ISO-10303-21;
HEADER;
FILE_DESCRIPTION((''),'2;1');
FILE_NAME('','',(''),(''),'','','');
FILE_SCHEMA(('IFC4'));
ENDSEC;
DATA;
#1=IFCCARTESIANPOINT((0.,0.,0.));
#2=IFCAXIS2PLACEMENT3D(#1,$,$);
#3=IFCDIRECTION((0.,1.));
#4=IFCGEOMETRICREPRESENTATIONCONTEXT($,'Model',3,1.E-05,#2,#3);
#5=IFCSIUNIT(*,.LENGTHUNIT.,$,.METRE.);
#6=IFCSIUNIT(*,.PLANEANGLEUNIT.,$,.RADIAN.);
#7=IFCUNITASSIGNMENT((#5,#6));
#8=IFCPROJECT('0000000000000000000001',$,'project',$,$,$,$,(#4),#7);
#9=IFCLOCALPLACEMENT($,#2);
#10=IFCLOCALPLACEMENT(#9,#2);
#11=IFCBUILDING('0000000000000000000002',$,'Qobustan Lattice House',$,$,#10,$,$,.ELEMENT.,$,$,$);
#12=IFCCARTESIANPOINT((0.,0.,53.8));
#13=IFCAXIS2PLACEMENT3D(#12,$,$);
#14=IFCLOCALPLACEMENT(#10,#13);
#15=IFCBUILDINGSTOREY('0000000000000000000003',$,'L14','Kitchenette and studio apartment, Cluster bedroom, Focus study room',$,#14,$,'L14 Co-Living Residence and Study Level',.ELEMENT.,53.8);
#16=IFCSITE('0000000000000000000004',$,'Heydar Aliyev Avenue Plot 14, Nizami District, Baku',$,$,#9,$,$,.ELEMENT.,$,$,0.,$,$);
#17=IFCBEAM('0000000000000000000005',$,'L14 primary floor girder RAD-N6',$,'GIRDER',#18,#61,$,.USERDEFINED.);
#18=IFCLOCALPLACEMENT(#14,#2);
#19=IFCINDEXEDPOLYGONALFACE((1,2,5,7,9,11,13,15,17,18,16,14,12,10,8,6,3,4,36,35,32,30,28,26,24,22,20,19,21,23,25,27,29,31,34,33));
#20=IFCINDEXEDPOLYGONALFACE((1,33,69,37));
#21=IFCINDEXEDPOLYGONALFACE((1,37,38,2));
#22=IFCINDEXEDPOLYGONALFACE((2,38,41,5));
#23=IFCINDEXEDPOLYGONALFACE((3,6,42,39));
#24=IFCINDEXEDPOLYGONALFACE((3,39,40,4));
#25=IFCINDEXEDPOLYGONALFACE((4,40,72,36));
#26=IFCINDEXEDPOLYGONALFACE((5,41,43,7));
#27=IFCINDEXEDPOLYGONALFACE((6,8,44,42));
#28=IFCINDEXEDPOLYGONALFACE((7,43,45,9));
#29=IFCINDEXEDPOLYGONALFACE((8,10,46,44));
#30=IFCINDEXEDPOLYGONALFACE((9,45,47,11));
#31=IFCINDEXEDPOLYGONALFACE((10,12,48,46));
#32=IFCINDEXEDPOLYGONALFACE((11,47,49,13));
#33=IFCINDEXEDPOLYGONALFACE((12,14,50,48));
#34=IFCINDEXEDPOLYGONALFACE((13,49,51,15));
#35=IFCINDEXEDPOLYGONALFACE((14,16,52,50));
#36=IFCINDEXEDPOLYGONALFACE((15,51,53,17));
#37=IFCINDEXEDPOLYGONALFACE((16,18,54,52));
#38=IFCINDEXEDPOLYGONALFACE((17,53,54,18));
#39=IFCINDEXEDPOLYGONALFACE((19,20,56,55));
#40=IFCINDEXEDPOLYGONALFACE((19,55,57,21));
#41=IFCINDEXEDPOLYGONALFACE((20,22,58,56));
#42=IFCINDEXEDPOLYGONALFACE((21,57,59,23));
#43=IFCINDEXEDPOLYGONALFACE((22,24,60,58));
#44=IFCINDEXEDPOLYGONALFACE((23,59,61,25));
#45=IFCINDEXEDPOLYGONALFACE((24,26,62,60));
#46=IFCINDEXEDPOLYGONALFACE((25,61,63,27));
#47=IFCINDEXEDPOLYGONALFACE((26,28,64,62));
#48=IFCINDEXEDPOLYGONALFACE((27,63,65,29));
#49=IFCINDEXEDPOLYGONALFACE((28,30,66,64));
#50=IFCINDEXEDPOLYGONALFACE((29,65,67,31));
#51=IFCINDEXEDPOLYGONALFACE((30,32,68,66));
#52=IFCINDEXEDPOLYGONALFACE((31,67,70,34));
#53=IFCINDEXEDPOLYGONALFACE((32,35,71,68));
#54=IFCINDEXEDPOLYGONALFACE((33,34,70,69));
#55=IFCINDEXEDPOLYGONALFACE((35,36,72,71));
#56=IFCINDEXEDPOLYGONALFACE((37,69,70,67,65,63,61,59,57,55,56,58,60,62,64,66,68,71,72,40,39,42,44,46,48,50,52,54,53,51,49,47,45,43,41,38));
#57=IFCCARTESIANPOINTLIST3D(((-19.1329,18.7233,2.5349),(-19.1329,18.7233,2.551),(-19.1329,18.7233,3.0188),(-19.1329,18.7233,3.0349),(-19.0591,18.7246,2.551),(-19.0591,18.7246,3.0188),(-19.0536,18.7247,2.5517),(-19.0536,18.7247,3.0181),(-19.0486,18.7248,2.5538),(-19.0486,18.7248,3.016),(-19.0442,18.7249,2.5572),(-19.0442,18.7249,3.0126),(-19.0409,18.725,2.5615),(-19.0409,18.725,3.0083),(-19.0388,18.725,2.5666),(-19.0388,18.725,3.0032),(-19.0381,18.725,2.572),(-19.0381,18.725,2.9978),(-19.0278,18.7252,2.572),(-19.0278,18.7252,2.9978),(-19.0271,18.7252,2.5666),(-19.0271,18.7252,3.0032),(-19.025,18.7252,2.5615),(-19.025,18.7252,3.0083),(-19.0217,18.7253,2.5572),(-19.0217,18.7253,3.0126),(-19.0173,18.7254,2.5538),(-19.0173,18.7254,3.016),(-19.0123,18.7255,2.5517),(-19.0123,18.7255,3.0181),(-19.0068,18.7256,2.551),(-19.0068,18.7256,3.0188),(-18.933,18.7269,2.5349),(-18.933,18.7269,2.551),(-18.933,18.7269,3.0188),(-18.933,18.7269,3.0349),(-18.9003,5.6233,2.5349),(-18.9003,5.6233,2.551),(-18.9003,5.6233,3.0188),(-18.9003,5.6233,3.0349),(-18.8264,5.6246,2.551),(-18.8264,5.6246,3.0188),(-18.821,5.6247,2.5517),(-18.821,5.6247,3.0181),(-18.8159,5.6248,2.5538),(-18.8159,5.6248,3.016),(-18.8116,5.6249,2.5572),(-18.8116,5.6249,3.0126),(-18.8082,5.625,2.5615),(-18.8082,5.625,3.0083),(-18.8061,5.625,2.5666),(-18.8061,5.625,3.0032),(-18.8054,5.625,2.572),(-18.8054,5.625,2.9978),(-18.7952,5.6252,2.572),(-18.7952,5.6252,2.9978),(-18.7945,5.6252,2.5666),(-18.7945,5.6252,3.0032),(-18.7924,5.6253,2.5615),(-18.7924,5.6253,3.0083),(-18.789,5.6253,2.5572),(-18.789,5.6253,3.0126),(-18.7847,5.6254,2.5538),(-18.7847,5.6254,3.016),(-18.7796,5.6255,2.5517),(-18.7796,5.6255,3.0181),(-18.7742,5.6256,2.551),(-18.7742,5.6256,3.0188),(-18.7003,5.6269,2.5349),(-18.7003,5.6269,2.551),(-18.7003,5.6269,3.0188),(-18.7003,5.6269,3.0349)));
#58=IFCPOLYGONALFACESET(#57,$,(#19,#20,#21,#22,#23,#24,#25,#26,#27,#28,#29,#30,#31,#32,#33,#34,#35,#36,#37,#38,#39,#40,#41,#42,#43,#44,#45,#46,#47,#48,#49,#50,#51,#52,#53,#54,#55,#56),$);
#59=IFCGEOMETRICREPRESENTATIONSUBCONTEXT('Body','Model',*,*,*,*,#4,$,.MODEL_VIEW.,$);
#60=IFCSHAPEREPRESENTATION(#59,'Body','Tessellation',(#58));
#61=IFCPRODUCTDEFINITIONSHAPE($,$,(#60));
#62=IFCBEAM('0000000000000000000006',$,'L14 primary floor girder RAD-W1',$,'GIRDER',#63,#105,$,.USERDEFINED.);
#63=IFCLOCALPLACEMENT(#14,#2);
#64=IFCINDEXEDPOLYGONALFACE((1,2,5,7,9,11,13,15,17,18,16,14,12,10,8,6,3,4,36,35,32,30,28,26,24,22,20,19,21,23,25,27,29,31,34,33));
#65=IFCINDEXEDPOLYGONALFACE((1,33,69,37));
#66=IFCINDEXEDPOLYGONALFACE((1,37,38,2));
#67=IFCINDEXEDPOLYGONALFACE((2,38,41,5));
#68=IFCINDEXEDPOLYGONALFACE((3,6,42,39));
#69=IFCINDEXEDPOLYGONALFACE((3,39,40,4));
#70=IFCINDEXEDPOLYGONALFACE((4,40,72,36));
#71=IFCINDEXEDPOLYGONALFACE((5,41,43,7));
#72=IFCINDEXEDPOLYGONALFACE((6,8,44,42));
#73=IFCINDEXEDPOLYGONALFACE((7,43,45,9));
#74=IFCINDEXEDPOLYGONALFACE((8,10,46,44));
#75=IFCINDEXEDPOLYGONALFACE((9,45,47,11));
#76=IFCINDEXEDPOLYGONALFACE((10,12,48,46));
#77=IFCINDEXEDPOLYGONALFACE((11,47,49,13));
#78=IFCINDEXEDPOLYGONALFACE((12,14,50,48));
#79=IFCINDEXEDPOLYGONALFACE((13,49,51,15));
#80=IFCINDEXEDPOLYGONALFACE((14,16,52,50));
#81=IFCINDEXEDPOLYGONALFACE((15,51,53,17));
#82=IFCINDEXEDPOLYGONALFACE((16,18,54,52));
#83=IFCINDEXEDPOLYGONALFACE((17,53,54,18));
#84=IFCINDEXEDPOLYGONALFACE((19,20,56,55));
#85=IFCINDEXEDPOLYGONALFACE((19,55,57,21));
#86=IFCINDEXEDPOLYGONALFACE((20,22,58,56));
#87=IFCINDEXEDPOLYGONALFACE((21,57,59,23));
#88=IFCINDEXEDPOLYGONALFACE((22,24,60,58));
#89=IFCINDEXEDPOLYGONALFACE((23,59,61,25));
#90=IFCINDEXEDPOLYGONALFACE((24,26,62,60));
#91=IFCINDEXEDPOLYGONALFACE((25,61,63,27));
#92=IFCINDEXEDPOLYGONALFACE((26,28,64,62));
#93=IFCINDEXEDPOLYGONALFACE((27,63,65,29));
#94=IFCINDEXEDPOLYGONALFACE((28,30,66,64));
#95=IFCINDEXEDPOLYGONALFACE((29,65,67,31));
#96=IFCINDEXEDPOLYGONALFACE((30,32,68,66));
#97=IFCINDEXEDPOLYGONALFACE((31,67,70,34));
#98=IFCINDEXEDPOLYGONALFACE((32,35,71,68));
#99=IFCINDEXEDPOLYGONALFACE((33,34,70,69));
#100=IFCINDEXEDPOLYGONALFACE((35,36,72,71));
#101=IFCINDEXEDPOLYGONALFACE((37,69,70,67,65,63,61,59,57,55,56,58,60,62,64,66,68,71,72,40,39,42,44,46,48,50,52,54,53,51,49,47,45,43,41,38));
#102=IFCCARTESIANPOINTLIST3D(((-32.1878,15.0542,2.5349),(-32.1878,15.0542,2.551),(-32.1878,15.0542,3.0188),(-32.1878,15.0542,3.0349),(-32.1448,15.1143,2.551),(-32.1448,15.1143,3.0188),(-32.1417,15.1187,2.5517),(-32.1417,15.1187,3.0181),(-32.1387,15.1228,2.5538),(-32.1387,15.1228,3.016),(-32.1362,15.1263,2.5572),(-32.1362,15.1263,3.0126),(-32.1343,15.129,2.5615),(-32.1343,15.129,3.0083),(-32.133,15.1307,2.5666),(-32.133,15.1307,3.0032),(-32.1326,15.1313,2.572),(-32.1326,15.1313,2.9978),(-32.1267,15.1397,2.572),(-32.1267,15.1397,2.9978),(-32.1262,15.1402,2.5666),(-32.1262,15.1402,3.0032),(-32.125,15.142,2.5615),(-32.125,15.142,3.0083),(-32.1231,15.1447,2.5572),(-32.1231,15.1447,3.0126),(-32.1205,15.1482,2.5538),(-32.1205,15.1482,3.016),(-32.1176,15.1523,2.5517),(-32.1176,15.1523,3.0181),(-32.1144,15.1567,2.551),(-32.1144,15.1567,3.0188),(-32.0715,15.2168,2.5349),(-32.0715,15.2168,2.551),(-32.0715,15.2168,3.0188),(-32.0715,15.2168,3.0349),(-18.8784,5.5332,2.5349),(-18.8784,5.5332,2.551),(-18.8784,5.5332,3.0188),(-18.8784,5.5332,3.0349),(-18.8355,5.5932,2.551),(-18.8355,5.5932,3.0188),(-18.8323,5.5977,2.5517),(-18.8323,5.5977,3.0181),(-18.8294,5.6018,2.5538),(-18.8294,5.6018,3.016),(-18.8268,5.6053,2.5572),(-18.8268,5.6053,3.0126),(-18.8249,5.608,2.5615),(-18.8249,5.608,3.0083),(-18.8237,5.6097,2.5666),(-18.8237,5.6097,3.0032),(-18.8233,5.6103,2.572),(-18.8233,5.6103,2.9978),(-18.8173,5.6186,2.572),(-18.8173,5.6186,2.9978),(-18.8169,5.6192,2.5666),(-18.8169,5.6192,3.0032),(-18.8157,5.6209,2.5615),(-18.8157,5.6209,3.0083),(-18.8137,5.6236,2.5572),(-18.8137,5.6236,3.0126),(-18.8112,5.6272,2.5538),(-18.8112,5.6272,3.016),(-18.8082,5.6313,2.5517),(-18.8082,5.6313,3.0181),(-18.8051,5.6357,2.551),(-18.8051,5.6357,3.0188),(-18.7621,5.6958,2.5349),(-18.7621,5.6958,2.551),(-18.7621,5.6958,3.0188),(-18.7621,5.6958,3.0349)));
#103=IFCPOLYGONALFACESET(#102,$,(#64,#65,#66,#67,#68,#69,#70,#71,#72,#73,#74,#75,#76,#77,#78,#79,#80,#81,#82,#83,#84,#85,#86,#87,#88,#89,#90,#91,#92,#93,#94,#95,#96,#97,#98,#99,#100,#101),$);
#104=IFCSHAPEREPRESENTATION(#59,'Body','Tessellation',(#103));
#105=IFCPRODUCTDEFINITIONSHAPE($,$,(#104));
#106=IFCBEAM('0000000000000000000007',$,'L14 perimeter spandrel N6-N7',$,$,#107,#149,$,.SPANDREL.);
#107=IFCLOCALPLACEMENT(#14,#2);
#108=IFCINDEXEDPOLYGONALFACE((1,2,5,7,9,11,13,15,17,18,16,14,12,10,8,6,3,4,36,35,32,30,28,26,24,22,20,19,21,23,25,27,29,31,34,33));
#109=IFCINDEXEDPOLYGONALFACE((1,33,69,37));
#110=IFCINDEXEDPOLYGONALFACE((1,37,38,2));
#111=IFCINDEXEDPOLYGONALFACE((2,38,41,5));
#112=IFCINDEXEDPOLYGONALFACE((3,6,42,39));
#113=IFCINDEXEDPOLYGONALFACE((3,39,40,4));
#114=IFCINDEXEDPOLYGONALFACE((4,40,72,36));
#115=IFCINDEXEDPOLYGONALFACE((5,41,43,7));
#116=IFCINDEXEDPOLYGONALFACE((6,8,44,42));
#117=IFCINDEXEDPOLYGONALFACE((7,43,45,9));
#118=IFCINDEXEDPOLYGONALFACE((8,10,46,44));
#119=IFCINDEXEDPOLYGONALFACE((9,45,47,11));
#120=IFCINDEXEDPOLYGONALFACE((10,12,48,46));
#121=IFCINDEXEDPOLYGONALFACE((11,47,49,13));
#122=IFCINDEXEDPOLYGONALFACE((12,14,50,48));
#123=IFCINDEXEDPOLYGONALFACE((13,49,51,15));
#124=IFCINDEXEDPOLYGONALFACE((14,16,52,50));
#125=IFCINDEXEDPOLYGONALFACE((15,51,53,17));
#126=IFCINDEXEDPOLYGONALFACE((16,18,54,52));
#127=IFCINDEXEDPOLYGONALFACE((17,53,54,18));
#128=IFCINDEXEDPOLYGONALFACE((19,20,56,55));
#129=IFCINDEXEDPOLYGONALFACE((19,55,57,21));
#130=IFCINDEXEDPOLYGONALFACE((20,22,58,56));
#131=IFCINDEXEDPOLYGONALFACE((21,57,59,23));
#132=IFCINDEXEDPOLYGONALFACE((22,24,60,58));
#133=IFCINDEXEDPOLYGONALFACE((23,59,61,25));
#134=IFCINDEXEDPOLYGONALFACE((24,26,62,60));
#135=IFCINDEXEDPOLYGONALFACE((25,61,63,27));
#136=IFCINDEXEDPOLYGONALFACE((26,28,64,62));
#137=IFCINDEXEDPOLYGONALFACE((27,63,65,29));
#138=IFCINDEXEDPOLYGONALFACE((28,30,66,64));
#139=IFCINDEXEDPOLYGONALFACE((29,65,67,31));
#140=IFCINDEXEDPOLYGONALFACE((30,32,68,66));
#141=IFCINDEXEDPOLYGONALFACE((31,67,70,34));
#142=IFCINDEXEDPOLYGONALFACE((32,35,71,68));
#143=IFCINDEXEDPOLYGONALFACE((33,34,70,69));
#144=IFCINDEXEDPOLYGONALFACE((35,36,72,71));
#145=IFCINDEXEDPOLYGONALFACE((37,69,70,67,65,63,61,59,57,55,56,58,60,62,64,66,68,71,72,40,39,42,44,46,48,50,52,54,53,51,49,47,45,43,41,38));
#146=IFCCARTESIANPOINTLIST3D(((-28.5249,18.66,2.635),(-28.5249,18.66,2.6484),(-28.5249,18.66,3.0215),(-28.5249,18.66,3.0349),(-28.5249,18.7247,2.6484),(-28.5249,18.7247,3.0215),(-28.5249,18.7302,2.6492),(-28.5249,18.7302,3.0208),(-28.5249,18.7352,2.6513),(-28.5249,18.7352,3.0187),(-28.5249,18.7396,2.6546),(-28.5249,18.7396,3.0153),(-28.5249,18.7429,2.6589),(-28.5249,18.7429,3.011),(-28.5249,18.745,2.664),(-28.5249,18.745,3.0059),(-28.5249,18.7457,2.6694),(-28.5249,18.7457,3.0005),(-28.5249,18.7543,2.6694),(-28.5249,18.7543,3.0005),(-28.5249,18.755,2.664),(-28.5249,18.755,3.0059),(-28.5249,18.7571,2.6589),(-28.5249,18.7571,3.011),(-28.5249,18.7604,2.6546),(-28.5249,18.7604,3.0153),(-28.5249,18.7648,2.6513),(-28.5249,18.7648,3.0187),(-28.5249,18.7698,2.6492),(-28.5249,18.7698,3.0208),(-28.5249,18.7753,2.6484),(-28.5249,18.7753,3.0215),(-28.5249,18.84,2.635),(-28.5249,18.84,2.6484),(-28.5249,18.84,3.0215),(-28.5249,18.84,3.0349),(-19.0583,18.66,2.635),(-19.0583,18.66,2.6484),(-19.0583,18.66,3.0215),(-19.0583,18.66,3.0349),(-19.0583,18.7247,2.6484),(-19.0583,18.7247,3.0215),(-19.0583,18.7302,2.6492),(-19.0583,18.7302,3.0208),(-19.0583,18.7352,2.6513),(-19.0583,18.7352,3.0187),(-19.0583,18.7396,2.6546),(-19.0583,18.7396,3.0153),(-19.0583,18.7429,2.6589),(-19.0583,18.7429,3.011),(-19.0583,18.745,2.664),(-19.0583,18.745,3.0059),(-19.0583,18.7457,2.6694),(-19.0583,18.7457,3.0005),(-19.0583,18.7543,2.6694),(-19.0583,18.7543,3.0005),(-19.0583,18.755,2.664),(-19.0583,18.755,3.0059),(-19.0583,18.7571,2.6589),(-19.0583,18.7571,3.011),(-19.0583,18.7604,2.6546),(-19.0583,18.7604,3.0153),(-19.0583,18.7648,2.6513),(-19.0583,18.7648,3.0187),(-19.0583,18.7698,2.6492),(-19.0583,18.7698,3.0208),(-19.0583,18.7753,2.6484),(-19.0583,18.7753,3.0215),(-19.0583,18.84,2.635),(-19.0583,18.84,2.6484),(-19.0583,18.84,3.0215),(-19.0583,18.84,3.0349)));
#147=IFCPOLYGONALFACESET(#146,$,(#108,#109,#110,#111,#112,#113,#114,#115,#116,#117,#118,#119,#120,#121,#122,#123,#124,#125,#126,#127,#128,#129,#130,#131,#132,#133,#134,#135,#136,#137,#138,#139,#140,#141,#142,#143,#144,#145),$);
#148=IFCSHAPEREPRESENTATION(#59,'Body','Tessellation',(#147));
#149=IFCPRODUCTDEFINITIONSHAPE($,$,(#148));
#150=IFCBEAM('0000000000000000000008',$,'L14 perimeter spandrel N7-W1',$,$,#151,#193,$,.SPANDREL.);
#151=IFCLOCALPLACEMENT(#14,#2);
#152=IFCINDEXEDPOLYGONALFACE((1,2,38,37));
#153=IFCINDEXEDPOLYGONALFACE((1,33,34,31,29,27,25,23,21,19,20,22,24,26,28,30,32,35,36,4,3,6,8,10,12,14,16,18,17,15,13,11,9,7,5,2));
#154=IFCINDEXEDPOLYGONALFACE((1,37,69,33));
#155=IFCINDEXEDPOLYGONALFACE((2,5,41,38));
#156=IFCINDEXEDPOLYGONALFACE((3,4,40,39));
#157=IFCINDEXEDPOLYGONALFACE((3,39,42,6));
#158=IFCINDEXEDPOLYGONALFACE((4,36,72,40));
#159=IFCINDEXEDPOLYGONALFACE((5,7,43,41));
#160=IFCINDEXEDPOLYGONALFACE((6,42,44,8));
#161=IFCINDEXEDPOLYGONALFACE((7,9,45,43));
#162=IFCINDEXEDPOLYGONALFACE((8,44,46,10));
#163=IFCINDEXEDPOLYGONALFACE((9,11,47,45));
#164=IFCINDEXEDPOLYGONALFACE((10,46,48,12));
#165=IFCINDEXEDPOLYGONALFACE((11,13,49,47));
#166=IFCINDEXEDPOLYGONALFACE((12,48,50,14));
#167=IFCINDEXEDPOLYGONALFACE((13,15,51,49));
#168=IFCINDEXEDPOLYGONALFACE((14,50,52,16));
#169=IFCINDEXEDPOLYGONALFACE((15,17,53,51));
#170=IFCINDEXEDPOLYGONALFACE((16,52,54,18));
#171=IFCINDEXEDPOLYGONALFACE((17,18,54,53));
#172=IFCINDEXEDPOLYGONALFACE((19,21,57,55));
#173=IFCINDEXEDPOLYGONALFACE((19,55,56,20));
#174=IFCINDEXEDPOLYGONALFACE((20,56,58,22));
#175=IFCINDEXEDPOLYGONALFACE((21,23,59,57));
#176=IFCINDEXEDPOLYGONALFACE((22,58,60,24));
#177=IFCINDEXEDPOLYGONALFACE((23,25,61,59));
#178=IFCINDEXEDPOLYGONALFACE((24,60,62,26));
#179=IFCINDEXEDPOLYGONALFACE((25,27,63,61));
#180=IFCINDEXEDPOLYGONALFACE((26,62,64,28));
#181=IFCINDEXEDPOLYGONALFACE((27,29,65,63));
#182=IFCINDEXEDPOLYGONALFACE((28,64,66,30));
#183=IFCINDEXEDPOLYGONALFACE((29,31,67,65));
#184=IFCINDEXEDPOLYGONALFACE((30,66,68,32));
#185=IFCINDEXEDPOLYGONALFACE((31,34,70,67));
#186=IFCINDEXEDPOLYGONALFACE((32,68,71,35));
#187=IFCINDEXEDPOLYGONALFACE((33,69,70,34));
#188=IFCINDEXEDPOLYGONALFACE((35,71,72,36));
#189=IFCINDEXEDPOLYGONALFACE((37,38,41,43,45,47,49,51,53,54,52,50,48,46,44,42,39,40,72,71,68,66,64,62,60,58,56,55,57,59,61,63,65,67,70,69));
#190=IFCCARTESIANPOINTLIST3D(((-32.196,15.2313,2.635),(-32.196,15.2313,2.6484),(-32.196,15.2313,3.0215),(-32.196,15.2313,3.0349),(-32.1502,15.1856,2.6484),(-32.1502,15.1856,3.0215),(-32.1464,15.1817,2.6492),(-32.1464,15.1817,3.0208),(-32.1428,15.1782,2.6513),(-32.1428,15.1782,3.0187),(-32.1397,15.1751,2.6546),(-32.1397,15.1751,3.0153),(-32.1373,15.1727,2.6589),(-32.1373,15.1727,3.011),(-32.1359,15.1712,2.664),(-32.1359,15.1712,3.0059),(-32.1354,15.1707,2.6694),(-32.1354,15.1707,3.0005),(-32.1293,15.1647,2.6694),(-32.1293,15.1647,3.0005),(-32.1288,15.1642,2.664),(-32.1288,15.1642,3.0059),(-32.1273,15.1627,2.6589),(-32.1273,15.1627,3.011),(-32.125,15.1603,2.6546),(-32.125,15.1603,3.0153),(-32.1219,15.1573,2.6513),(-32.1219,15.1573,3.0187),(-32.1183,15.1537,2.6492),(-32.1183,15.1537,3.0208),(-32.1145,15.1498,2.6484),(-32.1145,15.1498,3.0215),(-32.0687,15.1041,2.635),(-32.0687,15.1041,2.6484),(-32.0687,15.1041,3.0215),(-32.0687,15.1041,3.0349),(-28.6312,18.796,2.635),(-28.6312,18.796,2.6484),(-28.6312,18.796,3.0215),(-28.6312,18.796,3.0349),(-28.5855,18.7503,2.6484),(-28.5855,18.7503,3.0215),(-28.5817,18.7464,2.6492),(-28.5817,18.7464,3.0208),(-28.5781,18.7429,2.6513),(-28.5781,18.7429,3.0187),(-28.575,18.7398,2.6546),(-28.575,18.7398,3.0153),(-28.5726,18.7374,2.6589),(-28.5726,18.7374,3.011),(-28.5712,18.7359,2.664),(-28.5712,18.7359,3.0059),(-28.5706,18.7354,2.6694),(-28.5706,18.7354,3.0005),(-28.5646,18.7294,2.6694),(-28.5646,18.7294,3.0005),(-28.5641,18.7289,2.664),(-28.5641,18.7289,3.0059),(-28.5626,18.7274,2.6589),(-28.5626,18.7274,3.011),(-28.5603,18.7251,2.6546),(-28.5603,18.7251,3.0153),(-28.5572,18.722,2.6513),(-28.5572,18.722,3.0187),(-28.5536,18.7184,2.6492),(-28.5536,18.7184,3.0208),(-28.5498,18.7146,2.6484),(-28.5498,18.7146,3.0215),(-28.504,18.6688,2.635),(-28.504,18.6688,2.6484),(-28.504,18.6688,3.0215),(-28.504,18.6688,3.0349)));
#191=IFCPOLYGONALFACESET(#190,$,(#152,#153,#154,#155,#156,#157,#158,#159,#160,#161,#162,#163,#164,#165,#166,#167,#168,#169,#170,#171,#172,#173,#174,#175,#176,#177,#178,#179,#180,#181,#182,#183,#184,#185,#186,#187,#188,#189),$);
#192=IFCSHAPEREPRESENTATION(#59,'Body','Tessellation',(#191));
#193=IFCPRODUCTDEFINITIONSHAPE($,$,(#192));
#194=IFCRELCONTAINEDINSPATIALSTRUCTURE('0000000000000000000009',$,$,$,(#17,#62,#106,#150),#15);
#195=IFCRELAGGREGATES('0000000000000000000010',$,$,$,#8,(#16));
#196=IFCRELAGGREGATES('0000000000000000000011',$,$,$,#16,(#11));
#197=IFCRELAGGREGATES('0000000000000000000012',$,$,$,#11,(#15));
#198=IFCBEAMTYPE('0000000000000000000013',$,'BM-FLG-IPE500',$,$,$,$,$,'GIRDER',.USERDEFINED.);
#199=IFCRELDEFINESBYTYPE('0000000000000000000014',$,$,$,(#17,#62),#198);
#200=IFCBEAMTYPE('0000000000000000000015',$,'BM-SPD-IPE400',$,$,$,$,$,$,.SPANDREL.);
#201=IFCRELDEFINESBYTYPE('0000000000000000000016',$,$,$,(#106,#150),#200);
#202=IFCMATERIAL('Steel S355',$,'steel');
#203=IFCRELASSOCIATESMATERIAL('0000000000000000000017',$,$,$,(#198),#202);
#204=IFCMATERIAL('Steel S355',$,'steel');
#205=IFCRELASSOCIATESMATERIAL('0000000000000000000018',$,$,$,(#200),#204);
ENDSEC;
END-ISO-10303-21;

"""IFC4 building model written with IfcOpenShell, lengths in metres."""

from ifc_helpers import new_model, si_unit, direction, frame, origin, origin_2d, place, context, subcontext, project, spatial, i_section, extrude, material, material_profile, profile_set, type_object, element, save


model = new_model("IFC4")

# Units and contexts
model_context = context("Model", 3, precision=1e-05, world=origin(), true_north=direction((0.0, 1.0)))
body_context = subcontext(model_context, "Body", "Model", "MODEL_VIEW")
ifc_project = project(units=[si_unit("LENGTHUNIT", "METRE"), si_unit("PLANEANGLEUNIT", "RADIAN")], contexts=[model_context])

# Site, building, storey
site_placement = place(None, origin())
site = spatial("IfcSite", under=ifc_project, at=site_placement, Name="Heydar Aliyev Avenue Plot 14, Nizami District, Baku", CompositionType="ELEMENT", RefElevation=0.0)
building_placement = place(site_placement, origin())
building = spatial("IfcBuilding", under=site, at=building_placement, Name="Qobustan Lattice House", CompositionType="ELEMENT")
storey_placement = place(building_placement, frame((0.0, 0.0, 53.8)))
storey = spatial("IfcBuildingStorey", under=building, at=storey_placement, Name="L14", Description="Kitchenette and studio apartment, Cluster bedroom, Focus study room", LongName="L14 Co-Living Residence and Study Level", CompositionType="ELEMENT", Elevation=53.8)

# Beams
ifc_material_1 = material(Name="Steel S355", Category="steel")
ifc_material_profile_1 = material_profile(ifc_material_1, i_section(OverallWidth=0.2, OverallDepth=0.5, WebThickness=0.0103, FlangeThickness=0.0161, FilletRadius=0.021, at=origin_2d()), Name="IPE500")
ifc_profile_set_1 = profile_set([ifc_material_profile_1], Name="Steel S355")
beam_type_1 = type_object("IfcBeamType", Name="BM-FLG-IPE500", ElementType="GIRDER", PredefinedType="USERDEFINED", material=ifc_profile_set_1)
beam_1_placement = place(storey_placement, frame((-19.033, 18.7251, 2.7849), z_axis=(0.017758, -0.999842, 0.0), x_axis=(0.999842, 0.017758, 0.0)))
element("IfcBeam", 1, at=beam_1_placement, inside=storey, type_object=beam_type_1, Name="L14 primary floor girder RAD-N6", ObjectType="GIRDER", PredefinedType="USERDEFINED", context=body_context, shape_type="SweptSolid", body=[
    extrude(i_section(OverallWidth=0.2, OverallDepth=0.5, WebThickness=0.0103, FlangeThickness=0.0161, FilletRadius=0.021, at=origin_2d()), origin(), (0.0, 0.0, 1.0), 13.1021),
])
beam_2_placement = place(storey_placement, frame((-32.1296, 15.1355, 2.7849), z_axis=(0.813319, -0.581818, 0.0), x_axis=(0.581818, 0.813319, 0.0)))
element("IfcBeam", 2, at=beam_2_placement, inside=storey, type_object=beam_type_1, Name="L14 primary floor girder RAD-W1", ObjectType="GIRDER", PredefinedType="USERDEFINED", context=body_context, shape_type="SweptSolid", body=[
    extrude(i_section(OverallWidth=0.2, OverallDepth=0.5, WebThickness=0.0103, FlangeThickness=0.0161, FilletRadius=0.021, at=origin_2d()), origin(), (0.0, 0.0, 1.0), 16.3643),
])
ifc_material_2 = material(Name="Steel S355", Category="steel")
ifc_material_profile_2 = material_profile(ifc_material_2, i_section(OverallWidth=0.1799, OverallDepth=0.3999, WebThickness=0.0085, FlangeThickness=0.0134, FilletRadius=0.021, at=origin_2d()), Name="IPE400")
ifc_profile_set_2 = profile_set([ifc_material_profile_2], Name="Steel S355")
beam_type_2 = type_object("IfcBeamType", Name="BM-SPD-IPE400", PredefinedType="SPANDREL", material=ifc_profile_set_2)
beam_3_placement = place(storey_placement, frame((-19.0583, 18.75, 2.835), z_axis=(-1.0, 0.0, 0.0), x_axis=(0.0, -1.0, 0.0)))
element("IfcBeam", 3, at=beam_3_placement, inside=storey, type_object=beam_type_2, Name="L14 perimeter spandrel N6-N7", PredefinedType="SPANDREL", context=body_context, shape_type="SweptSolid", body=[
    extrude(i_section(OverallWidth=0.1799, OverallDepth=0.3999, WebThickness=0.0085, FlangeThickness=0.0134, FilletRadius=0.021, at=origin_2d()), origin(), (0.0, 0.0, 1.0), 9.4666),
])
beam_4_placement = place(storey_placement, frame((-28.5676, 18.7324, 2.835), z_axis=(-0.707107, -0.707107, 0.0), x_axis=(0.707107, -0.707107, 0.0)))
element("IfcBeam", 4, at=beam_4_placement, inside=storey, type_object=beam_type_2, Name="L14 perimeter spandrel N7-W1", PredefinedType="SPANDREL", context=body_context, shape_type="SweptSolid", body=[
    extrude(i_section(OverallWidth=0.1799, OverallDepth=0.3999, WebThickness=0.0085, FlangeThickness=0.0134, FilletRadius=0.021, at=origin_2d()), origin(), (0.0, 0.0, 1.0), 5.0413),
])

save(model, "model.ifc")
